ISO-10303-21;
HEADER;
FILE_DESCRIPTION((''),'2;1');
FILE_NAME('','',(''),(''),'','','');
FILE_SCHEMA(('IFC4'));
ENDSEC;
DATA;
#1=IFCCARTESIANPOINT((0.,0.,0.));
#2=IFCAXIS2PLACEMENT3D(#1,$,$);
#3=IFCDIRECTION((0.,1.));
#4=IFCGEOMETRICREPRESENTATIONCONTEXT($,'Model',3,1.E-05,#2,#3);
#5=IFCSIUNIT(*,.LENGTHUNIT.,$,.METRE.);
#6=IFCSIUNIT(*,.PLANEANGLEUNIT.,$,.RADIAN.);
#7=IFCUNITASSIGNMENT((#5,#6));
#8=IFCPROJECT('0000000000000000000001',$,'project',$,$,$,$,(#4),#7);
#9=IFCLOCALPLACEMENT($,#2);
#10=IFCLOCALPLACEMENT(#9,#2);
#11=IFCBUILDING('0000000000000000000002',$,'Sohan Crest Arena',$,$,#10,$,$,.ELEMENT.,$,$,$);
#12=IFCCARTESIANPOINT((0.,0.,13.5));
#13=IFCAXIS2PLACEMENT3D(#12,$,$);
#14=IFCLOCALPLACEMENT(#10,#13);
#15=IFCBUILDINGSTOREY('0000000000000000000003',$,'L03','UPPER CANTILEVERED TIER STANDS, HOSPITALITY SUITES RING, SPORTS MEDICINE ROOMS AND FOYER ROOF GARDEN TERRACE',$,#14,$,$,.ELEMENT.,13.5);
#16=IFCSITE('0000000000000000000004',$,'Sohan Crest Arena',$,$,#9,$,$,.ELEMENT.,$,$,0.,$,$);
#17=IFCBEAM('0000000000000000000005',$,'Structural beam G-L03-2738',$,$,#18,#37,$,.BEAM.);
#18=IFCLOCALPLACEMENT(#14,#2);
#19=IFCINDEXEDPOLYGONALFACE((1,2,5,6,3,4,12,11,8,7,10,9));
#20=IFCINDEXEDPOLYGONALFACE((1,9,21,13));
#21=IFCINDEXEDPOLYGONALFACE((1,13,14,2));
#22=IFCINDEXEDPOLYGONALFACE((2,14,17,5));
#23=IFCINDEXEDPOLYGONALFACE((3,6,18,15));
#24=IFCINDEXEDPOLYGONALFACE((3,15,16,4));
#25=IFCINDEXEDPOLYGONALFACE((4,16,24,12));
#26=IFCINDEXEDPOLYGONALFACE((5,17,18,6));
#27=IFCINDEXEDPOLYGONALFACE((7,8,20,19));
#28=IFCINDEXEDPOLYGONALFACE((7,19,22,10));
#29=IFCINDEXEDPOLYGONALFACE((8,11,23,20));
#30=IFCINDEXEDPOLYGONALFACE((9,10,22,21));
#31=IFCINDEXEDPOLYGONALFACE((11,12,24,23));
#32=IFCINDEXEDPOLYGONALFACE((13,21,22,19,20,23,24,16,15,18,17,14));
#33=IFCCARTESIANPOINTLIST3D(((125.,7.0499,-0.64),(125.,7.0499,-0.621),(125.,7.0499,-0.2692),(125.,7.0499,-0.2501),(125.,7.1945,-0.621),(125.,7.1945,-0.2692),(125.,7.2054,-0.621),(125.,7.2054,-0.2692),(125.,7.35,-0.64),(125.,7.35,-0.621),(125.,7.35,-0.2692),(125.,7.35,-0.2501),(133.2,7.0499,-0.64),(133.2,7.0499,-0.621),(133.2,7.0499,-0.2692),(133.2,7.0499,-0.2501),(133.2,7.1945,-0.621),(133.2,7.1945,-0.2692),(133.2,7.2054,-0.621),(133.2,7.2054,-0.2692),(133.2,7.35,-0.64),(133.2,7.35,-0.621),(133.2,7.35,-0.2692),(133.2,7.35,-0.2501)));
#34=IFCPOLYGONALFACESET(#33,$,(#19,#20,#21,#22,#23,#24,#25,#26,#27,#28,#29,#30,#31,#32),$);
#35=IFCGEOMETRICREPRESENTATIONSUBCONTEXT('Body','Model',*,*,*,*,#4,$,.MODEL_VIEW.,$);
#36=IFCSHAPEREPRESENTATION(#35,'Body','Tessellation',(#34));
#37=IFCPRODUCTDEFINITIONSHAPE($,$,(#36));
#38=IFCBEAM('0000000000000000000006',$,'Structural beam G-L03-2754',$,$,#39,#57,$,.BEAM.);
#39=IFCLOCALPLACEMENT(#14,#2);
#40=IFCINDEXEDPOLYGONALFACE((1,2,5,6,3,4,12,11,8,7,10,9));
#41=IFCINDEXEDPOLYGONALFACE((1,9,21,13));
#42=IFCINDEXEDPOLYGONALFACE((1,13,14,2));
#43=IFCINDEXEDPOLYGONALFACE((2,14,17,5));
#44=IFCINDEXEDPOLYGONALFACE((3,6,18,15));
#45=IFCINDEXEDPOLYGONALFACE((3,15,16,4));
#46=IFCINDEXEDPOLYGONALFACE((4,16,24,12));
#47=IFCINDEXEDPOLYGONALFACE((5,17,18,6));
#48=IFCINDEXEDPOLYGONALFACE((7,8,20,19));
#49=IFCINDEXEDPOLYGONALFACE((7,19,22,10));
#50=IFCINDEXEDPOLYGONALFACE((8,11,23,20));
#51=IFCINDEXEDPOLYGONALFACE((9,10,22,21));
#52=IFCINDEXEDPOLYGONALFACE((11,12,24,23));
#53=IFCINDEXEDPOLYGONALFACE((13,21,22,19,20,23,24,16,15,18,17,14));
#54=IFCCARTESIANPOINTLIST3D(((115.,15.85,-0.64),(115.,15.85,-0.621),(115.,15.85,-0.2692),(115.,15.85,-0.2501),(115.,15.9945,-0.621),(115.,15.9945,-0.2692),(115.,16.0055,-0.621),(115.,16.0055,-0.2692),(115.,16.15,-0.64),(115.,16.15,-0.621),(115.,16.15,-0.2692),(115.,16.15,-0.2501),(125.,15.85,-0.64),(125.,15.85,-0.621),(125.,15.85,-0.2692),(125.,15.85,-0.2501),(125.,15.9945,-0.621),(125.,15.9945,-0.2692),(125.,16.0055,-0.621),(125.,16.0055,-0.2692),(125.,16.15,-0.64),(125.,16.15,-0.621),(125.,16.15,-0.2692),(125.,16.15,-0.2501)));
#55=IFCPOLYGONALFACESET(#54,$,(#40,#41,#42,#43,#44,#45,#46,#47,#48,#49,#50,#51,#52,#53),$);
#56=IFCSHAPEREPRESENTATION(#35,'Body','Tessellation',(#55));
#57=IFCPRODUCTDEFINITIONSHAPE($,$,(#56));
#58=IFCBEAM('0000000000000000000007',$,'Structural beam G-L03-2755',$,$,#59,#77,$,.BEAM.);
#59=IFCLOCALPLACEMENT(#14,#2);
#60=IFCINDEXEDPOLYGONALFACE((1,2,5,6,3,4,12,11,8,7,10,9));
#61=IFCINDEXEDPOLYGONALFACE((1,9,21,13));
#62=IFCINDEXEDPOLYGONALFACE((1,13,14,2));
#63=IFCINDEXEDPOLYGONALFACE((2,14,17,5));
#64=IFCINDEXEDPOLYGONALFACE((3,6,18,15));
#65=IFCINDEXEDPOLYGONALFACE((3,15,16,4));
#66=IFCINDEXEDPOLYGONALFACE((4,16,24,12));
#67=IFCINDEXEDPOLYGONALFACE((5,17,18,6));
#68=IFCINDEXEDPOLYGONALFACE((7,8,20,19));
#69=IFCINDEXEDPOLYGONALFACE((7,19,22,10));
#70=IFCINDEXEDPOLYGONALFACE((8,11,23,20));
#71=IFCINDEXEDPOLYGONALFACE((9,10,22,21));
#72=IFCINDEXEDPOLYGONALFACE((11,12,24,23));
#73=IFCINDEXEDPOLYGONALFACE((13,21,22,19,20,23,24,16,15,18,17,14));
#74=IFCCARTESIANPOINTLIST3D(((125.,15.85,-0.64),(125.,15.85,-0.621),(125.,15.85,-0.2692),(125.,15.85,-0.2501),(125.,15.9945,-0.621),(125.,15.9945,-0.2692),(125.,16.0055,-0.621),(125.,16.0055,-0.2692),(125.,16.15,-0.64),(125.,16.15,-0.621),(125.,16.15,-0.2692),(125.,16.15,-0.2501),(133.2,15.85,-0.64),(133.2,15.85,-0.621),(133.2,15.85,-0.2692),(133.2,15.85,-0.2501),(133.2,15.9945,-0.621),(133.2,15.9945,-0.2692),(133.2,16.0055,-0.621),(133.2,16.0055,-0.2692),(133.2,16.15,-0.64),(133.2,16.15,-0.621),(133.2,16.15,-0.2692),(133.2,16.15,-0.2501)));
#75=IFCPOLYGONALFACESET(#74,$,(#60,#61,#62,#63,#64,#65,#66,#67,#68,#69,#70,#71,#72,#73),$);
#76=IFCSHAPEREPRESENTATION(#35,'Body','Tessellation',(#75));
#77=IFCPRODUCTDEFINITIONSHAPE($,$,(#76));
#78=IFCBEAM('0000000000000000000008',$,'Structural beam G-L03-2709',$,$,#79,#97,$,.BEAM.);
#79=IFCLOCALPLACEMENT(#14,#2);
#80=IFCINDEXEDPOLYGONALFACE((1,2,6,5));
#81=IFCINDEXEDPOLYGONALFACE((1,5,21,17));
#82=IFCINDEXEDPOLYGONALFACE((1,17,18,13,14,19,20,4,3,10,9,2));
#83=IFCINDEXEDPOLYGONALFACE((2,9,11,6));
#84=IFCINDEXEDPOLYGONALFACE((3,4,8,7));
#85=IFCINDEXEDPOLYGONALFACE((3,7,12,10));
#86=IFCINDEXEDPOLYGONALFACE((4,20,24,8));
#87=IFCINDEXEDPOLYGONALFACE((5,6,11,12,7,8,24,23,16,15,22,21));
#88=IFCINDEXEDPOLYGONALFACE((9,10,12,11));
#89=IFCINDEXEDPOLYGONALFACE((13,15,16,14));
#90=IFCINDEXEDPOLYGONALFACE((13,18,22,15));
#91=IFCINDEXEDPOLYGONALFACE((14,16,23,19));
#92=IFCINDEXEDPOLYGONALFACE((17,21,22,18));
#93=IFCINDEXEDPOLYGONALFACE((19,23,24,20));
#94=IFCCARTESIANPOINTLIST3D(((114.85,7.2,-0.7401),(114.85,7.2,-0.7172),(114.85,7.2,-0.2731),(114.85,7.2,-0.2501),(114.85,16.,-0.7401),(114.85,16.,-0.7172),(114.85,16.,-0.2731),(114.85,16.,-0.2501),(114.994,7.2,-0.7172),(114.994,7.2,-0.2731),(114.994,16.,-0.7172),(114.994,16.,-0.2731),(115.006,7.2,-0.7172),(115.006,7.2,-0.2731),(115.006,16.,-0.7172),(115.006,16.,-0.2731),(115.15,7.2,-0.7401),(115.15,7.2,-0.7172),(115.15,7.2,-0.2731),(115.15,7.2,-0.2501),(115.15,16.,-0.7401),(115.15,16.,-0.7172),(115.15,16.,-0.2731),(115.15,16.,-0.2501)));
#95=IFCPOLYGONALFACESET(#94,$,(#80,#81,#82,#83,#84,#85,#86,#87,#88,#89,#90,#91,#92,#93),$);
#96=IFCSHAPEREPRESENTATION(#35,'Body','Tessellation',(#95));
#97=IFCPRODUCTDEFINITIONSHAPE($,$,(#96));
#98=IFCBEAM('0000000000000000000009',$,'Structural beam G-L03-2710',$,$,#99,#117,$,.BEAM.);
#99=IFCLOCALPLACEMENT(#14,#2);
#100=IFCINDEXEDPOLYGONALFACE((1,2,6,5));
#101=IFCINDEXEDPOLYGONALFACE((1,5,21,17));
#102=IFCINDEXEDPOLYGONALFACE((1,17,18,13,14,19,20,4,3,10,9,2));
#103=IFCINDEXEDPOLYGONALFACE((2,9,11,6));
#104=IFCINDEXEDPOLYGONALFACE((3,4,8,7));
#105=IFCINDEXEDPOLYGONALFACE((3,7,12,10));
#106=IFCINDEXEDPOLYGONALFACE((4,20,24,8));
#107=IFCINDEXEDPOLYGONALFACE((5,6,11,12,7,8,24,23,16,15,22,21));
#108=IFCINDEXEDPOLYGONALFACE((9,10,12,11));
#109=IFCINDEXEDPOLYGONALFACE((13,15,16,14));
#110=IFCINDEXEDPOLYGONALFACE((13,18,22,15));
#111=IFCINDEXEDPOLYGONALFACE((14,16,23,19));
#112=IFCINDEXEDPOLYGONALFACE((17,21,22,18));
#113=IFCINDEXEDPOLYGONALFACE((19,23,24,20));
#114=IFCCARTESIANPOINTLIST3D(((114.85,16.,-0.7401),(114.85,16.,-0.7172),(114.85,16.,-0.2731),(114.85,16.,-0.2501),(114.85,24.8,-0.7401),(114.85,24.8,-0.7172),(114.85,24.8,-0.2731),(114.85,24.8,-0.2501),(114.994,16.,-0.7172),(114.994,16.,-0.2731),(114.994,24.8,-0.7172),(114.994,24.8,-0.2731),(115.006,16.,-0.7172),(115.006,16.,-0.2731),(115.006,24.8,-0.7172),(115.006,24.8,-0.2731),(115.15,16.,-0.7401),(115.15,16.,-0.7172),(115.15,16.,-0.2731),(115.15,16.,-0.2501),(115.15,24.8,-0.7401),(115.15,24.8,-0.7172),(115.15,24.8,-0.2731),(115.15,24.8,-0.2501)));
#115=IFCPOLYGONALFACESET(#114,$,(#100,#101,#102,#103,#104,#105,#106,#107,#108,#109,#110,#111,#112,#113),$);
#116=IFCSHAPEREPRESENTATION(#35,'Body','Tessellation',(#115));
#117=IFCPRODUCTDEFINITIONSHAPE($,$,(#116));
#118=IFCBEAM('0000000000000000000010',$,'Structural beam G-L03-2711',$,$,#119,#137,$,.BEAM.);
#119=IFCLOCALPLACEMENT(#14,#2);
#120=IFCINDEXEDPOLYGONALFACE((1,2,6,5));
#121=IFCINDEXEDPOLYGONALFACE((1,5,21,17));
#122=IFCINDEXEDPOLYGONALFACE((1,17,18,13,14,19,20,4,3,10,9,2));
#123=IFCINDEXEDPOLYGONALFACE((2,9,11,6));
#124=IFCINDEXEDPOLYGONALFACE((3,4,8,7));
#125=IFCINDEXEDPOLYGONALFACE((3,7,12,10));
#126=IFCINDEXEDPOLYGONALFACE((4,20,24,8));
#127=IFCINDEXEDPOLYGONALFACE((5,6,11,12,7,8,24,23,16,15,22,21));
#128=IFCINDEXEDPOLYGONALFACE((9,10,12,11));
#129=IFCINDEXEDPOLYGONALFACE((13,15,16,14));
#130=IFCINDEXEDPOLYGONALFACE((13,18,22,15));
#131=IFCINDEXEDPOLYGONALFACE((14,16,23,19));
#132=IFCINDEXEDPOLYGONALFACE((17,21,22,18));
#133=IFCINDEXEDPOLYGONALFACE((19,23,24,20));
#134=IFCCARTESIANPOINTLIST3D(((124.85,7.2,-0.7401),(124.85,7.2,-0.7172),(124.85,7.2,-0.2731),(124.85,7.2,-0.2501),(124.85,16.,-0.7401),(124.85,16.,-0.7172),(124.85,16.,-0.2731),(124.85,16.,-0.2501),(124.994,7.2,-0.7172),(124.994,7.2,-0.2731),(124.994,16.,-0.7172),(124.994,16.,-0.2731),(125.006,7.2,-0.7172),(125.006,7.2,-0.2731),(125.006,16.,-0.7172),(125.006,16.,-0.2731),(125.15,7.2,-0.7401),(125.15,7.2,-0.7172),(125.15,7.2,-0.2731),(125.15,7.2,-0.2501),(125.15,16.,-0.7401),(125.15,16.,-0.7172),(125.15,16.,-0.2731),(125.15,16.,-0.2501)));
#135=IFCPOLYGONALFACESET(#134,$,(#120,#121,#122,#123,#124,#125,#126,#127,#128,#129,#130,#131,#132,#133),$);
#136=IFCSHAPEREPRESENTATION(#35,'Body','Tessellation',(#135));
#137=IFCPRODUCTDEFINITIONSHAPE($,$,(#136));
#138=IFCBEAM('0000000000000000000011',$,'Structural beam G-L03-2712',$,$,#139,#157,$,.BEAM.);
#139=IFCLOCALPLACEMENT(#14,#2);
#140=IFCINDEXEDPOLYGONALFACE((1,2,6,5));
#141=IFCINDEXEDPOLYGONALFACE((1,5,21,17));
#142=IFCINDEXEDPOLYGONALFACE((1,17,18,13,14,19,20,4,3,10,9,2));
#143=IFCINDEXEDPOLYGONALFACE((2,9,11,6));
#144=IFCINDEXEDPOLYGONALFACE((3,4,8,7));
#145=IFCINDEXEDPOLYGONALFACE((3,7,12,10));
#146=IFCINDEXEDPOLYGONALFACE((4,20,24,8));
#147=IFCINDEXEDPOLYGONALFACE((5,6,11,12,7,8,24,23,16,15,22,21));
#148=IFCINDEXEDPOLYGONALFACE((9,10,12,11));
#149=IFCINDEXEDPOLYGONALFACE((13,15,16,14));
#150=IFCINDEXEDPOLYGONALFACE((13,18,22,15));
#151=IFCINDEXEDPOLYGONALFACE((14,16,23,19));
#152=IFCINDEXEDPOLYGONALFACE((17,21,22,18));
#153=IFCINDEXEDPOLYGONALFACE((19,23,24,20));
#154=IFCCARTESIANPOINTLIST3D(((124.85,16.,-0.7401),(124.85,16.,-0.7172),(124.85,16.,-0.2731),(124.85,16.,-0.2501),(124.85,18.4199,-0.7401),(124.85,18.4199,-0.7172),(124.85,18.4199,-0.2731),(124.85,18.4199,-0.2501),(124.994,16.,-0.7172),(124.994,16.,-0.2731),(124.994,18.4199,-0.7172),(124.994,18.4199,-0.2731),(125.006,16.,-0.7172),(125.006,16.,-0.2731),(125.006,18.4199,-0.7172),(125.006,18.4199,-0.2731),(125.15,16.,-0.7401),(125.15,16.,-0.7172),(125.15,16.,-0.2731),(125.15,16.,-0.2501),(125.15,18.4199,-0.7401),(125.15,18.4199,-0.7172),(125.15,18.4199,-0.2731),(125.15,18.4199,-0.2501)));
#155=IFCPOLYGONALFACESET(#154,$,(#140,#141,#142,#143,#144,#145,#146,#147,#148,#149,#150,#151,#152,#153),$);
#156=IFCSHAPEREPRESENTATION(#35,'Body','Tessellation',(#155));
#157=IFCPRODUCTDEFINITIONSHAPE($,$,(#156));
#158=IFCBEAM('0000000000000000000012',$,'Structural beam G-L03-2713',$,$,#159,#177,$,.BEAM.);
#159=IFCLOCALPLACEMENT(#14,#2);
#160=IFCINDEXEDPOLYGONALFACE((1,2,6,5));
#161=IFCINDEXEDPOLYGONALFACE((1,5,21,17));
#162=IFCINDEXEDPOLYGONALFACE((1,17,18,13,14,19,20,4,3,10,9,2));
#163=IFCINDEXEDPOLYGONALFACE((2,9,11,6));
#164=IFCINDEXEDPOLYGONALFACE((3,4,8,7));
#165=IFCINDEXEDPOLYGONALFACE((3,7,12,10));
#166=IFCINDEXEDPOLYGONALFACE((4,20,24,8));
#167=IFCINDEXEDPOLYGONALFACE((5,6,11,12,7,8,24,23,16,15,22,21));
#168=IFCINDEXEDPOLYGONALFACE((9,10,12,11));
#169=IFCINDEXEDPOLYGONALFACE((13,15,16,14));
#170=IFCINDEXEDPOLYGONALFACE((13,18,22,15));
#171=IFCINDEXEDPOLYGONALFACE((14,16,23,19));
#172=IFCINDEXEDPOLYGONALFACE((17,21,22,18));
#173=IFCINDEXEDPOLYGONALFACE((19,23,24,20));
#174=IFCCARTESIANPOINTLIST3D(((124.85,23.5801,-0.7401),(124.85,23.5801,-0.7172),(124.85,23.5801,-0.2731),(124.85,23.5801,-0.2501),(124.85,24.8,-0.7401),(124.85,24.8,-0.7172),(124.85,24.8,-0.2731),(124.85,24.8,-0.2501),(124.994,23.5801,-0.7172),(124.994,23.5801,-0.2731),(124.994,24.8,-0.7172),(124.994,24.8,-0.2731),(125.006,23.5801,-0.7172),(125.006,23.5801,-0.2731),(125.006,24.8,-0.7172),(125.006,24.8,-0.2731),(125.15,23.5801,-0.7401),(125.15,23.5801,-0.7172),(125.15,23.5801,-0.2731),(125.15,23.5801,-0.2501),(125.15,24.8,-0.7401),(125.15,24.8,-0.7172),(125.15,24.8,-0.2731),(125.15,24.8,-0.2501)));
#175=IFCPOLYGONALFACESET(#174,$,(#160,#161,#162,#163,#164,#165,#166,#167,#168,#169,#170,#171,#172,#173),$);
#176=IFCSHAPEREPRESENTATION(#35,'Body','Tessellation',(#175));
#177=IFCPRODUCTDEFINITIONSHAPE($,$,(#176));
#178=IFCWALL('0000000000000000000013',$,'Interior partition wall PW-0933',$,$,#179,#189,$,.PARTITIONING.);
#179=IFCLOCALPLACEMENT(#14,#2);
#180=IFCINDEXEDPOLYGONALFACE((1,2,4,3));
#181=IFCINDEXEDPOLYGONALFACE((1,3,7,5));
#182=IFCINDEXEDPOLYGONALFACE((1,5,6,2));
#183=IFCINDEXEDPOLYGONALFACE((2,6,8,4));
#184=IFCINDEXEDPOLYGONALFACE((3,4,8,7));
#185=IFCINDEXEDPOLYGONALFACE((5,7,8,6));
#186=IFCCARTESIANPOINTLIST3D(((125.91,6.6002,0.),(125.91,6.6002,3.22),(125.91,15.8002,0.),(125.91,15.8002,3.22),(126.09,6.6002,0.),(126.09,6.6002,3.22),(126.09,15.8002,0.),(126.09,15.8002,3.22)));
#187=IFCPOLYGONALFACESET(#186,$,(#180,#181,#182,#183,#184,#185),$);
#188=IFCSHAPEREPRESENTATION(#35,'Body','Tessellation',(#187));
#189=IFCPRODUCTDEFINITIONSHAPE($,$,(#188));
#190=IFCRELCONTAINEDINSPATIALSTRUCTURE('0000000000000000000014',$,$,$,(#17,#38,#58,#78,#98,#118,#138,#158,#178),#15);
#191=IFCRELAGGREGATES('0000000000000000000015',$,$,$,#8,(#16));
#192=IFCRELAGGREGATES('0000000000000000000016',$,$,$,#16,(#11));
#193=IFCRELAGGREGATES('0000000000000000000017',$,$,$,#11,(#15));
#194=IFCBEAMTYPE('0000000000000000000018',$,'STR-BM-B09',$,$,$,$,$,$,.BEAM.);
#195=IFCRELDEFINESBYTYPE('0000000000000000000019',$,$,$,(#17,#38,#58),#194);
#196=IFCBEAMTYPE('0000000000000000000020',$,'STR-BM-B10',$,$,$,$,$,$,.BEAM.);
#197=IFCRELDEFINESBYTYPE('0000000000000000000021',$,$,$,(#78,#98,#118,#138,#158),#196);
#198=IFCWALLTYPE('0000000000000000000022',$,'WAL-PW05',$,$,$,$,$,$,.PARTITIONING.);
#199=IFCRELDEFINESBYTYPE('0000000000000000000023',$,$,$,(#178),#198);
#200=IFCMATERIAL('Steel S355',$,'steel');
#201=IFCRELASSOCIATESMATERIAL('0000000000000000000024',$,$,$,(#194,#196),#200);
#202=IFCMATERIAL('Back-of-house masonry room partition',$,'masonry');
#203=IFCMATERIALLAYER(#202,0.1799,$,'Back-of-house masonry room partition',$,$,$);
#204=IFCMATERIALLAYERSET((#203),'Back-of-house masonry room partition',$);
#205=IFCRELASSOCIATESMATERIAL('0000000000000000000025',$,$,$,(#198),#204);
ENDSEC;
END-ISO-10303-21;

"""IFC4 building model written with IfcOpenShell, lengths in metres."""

from ifc_helpers import new_model, si_unit, direction, frame, frame_2d, origin, origin_2d, place, context, subcontext, project, spatial, rectangle, i_section, extrude, material, layer, layer_set, material_profile, profile_set, type_object, element, save


model = new_model("IFC4")

# Units and contexts
model_context = context("Model", 3, precision=1e-05, world=origin(), true_north=direction((0.0, 1.0)))
body_context = subcontext(model_context, "Body", "Model", "MODEL_VIEW")
ifc_project = project(units=[si_unit("LENGTHUNIT", "METRE"), si_unit("PLANEANGLEUNIT", "RADIAN")], contexts=[model_context])

# Site, building, storey
site_placement = place(None, origin())
site = spatial("IfcSite", under=ifc_project, at=site_placement, Name="Sohan Crest Arena", CompositionType="ELEMENT", RefElevation=0.0)
building_placement = place(site_placement, origin())
building = spatial("IfcBuilding", under=site, at=building_placement, Name="Sohan Crest Arena", CompositionType="ELEMENT")
storey_placement = place(building_placement, frame((0.0, 0.0, 13.5)))
storey = spatial("IfcBuildingStorey", under=building, at=storey_placement, Name="L03", Description="UPPER CANTILEVERED TIER STANDS, HOSPITALITY SUITES RING, SPORTS MEDICINE ROOMS AND FOYER ROOF GARDEN TERRACE", CompositionType="ELEMENT", Elevation=13.5)

# Shared definitions
ifc_material_1 = material(Name="Steel S355", Category="steel")

# Beams
ifc_material_profile_1 = material_profile(ifc_material_1, i_section(OverallWidth=0.3, OverallDepth=0.3899, WebThickness=0.011, FlangeThickness=0.019, at=origin_2d()), Name="HEA 400")
ifc_profile_set_1 = profile_set([ifc_material_profile_1], Name="Steel S355")
beam_type_1 = type_object("IfcBeamType", Name="STR-BM-B09", PredefinedType="BEAM", material=ifc_profile_set_1)
beam_1_placement = place(storey_placement, frame((125.0, 7.2, -0.4451), z_axis=(1.0, 0.0, 0.0), x_axis=(0.0, 1.0, 0.0)))
element("IfcBeam", 1, at=beam_1_placement, inside=storey, type_object=beam_type_1, Name="Structural beam G-L03-2738", PredefinedType="BEAM", context=body_context, shape_type="SweptSolid", body=[
    extrude(i_section(OverallWidth=0.3, OverallDepth=0.3899, WebThickness=0.011, FlangeThickness=0.019, at=origin_2d()), origin(), (0.0, 0.0, 1.0), 8.2),
])
beam_2_placement = place(storey_placement, frame((115.0, 16.0, -0.4451), z_axis=(1.0, 0.0, 0.0), x_axis=(0.0, 1.0, 0.0)))
element("IfcBeam", 2, at=beam_2_placement, inside=storey, type_object=beam_type_1, Name="Structural beam G-L03-2754", PredefinedType="BEAM", context=body_context, shape_type="SweptSolid", body=[
    extrude(i_section(OverallWidth=0.3, OverallDepth=0.3899, WebThickness=0.011, FlangeThickness=0.019, at=origin_2d()), origin(), (0.0, 0.0, 1.0), 10.0),
])
beam_3_placement = place(storey_placement, frame((125.0, 16.0, -0.4451), z_axis=(1.0, 0.0, 0.0), x_axis=(0.0, 1.0, 0.0)))
element("IfcBeam", 3, at=beam_3_placement, inside=storey, type_object=beam_type_1, Name="Structural beam G-L03-2755", PredefinedType="BEAM", context=body_context, shape_type="SweptSolid", body=[
    extrude(i_section(OverallWidth=0.3, OverallDepth=0.3899, WebThickness=0.011, FlangeThickness=0.019, at=origin_2d()), origin(), (0.0, 0.0, 1.0), 8.2),
])
ifc_material_profile_2 = material_profile(ifc_material_1, i_section(OverallWidth=0.3, OverallDepth=0.49, WebThickness=0.012, FlangeThickness=0.0229, at=origin_2d()), Name="HEA 500")
ifc_profile_set_2 = profile_set([ifc_material_profile_2], Name="Steel S355")
beam_type_2 = type_object("IfcBeamType", Name="STR-BM-B10", PredefinedType="BEAM", material=ifc_profile_set_2)
for number, where, z_axis, x_axis, name in (
    (4, (115.0, 7.2, -0.4951), (0.0, 1.0, 0.0), (-1.0, 0.0, 0.0), "Structural beam G-L03-2709"),
    (5, (115.0, 16.0, -0.4951), (0.0, 1.0, 0.0), (-1.0, 0.0, 0.0), "Structural beam G-L03-2710"),
    (6, (125.0, 7.2, -0.4951), (0.0, 1.0, 0.0), (-1.0, 0.0, 0.0), "Structural beam G-L03-2711"),
):
    element("IfcBeam", number, at=place(storey_placement, frame(where, z_axis=z_axis, x_axis=x_axis)), inside=storey, type_object=beam_type_2, Name=name, PredefinedType="BEAM", context=body_context, shape_type="SweptSolid", body=[
        extrude(i_section(OverallWidth=0.3, OverallDepth=0.49, WebThickness=0.012, FlangeThickness=0.0229, at=origin_2d()), origin(), (0.0, 0.0, 1.0), 8.8),
    ])
beam_4_placement = place(storey_placement, frame((125.0, 16.0, -0.4951), z_axis=(0.0, 1.0, 0.0), x_axis=(-1.0, 0.0, 0.0)))
element("IfcBeam", 7, at=beam_4_placement, inside=storey, type_object=beam_type_2, Name="Structural beam G-L03-2712", PredefinedType="BEAM", context=body_context, shape_type="SweptSolid", body=[
    extrude(i_section(OverallWidth=0.3, OverallDepth=0.49, WebThickness=0.012, FlangeThickness=0.0229, at=origin_2d()), origin(), (0.0, 0.0, 1.0), 2.4199),
])
beam_5_placement = place(storey_placement, frame((125.0, 23.5801, -0.4951), z_axis=(0.0, 1.0, 0.0), x_axis=(-1.0, 0.0, 0.0)))
element("IfcBeam", 8, at=beam_5_placement, inside=storey, type_object=beam_type_2, Name="Structural beam G-L03-2713", PredefinedType="BEAM", context=body_context, shape_type="SweptSolid", body=[
    extrude(i_section(OverallWidth=0.3, OverallDepth=0.49, WebThickness=0.012, FlangeThickness=0.0229, at=origin_2d()), origin(), (0.0, 0.0, 1.0), 1.22),
])

# Wall
ifc_material_2 = material(Name="Back-of-house masonry room partition", Category="masonry")
ifc_layer_1 = layer(ifc_material_2, 0.1799, Name="Back-of-house masonry room partition")
ifc_layer_set_1 = layer_set([ifc_layer_1], Name="Back-of-house masonry room partition")
wall_type_1 = type_object("IfcWallType", Name="WAL-PW05", PredefinedType="PARTITIONING", material=ifc_layer_set_1)
wall_1_placement = place(storey_placement, frame((126.0, 6.6001, 0.0), z_axis=(0.0, 0.0, 1.0), x_axis=(0.0, 1.0, 0.0)))
element("IfcWall", 9, at=wall_1_placement, inside=storey, type_object=wall_type_1, Name="Interior partition wall PW-0933", PredefinedType="PARTITIONING", context=body_context, shape_type="SweptSolid", body=[
    extrude(rectangle(XDim=9.2, YDim=0.1799, at=frame_2d((4.6001, 0.0))), origin(), (0.0, 0.0, 1.0), 3.22),
])

save(model, "model.ifc")
